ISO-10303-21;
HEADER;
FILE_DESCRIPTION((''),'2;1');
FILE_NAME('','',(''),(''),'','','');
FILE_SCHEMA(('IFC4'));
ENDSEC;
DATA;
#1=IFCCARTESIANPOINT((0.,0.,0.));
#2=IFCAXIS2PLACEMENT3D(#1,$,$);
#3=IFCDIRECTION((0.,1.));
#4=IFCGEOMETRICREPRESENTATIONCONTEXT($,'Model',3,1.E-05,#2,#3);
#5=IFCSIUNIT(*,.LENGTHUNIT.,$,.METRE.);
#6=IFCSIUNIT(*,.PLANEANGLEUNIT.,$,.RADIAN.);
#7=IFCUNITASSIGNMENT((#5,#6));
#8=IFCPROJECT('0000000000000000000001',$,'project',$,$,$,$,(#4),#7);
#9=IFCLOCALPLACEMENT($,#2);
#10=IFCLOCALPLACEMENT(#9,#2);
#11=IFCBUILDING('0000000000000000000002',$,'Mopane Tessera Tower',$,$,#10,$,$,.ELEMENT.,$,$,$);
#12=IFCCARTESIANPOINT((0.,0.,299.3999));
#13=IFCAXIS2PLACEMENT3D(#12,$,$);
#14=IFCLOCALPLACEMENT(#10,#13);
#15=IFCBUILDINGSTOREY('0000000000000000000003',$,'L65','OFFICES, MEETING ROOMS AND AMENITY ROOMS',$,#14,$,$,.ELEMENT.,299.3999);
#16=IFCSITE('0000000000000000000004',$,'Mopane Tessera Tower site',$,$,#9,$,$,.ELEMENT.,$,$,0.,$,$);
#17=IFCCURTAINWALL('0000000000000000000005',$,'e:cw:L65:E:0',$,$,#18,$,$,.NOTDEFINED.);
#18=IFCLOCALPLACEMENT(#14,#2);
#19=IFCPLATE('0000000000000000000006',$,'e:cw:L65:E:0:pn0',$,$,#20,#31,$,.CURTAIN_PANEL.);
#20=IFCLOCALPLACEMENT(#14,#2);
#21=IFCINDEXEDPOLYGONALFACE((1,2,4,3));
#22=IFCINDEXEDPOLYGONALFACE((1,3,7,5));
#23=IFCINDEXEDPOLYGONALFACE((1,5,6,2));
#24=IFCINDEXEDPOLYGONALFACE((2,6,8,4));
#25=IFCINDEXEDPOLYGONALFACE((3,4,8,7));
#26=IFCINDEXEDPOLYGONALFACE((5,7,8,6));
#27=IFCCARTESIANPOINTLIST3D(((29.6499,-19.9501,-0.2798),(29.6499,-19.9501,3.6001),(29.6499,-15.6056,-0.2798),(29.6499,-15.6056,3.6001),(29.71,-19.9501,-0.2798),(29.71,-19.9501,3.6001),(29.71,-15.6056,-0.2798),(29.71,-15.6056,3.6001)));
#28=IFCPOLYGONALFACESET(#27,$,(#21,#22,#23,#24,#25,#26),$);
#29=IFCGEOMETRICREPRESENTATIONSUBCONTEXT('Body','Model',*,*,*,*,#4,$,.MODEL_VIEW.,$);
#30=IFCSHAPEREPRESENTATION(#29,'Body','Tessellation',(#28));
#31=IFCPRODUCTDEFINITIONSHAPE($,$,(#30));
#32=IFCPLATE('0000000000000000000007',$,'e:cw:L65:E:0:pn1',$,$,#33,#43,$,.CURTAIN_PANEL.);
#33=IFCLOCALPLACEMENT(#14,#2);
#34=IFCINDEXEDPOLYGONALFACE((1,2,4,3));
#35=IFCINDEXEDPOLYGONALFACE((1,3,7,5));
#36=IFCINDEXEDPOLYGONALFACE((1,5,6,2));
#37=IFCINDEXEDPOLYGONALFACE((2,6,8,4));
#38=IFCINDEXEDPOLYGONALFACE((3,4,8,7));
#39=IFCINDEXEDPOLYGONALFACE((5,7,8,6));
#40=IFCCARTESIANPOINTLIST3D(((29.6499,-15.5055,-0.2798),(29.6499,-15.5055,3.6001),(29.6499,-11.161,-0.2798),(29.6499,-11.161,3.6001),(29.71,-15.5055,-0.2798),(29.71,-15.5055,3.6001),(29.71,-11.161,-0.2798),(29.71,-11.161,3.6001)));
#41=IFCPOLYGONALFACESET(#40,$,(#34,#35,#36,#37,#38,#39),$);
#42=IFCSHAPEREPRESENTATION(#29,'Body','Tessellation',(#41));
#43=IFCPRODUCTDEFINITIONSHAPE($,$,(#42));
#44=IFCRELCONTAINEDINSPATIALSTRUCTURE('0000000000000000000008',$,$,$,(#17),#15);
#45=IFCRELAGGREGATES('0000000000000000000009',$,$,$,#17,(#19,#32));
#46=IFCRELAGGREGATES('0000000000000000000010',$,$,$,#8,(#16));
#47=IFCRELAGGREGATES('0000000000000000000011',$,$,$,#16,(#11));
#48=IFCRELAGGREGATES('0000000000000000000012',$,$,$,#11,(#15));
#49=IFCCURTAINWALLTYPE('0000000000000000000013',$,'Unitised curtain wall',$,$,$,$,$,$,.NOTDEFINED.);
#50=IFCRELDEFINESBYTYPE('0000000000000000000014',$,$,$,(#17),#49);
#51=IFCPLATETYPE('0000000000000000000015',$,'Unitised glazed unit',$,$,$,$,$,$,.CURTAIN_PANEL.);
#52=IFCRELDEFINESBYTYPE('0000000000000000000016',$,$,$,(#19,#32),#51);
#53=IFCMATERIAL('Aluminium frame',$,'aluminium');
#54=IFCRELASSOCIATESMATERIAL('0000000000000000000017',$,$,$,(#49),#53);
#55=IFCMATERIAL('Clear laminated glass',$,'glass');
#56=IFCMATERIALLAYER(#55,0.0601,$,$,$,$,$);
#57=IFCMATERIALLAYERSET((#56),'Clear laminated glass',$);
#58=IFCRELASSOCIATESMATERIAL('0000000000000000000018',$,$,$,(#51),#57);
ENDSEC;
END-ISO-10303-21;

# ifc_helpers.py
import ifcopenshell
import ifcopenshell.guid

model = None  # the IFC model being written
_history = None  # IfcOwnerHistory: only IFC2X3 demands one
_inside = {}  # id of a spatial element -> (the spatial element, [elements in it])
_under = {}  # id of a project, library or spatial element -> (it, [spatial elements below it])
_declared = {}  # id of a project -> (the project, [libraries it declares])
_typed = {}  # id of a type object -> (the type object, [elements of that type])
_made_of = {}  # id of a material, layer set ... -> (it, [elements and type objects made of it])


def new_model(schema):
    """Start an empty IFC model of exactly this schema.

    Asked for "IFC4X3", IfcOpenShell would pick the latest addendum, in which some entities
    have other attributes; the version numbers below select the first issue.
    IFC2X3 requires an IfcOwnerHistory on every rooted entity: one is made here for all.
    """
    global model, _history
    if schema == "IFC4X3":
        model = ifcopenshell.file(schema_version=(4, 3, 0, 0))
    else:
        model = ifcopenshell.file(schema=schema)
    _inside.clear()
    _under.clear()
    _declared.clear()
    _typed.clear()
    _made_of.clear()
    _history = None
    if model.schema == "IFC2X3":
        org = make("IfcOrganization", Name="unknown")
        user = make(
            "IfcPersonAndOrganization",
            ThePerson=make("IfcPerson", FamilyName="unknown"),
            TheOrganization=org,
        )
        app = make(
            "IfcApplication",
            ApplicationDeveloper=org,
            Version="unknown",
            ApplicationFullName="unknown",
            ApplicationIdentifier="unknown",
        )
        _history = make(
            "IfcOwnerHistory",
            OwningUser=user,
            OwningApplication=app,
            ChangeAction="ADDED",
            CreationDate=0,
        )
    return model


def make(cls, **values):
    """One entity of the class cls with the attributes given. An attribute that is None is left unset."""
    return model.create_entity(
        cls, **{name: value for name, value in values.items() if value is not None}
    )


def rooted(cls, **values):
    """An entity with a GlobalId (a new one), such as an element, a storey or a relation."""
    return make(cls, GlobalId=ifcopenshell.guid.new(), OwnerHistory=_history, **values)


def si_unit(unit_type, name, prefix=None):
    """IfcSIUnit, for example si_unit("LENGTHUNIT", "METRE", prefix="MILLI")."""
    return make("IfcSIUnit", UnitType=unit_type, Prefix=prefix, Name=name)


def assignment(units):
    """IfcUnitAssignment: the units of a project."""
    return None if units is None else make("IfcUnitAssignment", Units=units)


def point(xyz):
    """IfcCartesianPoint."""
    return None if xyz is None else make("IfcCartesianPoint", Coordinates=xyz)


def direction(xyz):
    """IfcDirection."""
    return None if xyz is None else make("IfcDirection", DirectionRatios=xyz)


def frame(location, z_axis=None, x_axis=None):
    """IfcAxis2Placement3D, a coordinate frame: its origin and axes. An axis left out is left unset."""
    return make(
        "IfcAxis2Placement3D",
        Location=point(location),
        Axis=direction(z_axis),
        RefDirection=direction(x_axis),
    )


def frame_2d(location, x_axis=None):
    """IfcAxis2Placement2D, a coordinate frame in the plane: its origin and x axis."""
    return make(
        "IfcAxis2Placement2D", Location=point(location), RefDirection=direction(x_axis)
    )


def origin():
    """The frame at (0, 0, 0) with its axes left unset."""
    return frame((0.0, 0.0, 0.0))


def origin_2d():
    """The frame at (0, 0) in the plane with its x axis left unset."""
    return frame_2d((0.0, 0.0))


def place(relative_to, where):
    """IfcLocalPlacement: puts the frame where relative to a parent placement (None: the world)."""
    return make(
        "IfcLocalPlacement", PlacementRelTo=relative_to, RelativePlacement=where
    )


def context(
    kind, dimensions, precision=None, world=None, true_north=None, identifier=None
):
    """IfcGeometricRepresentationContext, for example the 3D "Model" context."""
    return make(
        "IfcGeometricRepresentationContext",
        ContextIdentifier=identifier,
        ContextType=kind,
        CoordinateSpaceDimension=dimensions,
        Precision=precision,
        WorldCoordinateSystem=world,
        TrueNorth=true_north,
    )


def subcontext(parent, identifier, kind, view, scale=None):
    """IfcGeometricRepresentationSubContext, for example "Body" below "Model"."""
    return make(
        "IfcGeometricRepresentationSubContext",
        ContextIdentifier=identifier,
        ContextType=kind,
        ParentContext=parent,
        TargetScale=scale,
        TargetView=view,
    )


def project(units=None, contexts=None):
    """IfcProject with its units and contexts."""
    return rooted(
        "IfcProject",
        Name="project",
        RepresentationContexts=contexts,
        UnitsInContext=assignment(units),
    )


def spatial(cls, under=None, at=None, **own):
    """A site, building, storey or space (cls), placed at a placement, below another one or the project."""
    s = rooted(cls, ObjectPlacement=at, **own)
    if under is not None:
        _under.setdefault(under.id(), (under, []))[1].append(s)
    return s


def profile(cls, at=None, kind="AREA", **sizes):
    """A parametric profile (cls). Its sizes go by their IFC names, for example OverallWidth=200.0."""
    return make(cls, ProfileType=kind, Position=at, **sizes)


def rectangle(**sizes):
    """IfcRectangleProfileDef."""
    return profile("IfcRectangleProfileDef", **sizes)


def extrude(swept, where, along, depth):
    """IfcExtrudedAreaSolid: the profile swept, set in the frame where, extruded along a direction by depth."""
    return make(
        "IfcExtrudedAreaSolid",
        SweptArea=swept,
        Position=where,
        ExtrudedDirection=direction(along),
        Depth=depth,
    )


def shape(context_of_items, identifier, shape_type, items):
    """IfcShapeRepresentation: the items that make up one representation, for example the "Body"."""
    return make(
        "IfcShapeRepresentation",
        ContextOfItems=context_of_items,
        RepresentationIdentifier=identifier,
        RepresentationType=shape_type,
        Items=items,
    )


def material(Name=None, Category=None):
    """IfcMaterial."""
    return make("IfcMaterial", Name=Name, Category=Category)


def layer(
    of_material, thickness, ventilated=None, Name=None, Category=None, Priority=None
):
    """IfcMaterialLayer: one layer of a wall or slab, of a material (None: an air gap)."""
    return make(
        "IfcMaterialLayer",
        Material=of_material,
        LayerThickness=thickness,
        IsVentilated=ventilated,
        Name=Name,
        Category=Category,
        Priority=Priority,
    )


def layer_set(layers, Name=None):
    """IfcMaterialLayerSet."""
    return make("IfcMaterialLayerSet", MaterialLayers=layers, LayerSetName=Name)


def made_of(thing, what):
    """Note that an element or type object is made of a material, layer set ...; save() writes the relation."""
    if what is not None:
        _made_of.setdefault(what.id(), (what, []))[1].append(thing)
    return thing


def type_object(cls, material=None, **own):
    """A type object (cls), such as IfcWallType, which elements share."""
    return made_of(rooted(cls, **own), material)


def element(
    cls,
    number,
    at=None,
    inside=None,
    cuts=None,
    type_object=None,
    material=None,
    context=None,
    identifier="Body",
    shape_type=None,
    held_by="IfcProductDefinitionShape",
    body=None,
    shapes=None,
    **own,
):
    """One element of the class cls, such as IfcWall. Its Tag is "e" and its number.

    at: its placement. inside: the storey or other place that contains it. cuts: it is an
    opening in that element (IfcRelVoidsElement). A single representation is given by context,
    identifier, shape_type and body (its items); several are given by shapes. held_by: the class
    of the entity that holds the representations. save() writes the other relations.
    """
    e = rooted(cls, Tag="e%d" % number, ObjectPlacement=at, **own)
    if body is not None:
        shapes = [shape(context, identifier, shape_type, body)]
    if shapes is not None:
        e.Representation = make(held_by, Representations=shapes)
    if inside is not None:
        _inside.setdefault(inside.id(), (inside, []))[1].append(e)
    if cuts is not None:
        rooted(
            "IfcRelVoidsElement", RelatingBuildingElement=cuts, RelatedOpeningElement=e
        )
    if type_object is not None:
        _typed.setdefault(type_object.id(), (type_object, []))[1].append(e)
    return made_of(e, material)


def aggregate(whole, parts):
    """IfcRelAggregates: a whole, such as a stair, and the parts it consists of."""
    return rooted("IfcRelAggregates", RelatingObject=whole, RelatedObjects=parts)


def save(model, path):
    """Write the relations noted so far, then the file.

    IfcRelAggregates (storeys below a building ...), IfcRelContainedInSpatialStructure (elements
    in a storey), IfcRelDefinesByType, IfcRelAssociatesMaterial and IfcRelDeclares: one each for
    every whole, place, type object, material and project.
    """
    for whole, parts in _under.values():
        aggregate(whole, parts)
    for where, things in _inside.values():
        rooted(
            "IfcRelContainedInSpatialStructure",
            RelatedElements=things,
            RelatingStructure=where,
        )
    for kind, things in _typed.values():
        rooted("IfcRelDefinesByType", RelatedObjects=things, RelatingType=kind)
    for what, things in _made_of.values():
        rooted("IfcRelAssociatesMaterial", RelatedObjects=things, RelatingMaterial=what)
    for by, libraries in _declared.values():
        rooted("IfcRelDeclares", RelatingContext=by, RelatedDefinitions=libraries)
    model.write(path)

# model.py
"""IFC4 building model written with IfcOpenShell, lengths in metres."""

from ifc_helpers import new_model, si_unit, direction, frame, origin, origin_2d, place, context, subcontext, project, spatial, rectangle, extrude, material, layer, layer_set, type_object, element, aggregate, save


model = new_model("IFC4")

# Units and contexts
model_context = context("Model", 3, precision=1e-05, world=origin(), true_north=direction((0.0, 1.0)))
body_context = subcontext(model_context, "Body", "Model", "MODEL_VIEW")
ifc_project = project(units=[si_unit("LENGTHUNIT", "METRE"), si_unit("PLANEANGLEUNIT", "RADIAN")], contexts=[model_context])

# Site, building, storey
site_placement = place(None, origin())
site = spatial("IfcSite", under=ifc_project, at=site_placement, Name="Mopane Tessera Tower site", CompositionType="ELEMENT", RefElevation=0.0)
building_placement = place(site_placement, origin())
building = spatial("IfcBuilding", under=site, at=building_placement, Name="Mopane Tessera Tower", CompositionType="ELEMENT")
storey_placement = place(building_placement, frame((0.0, 0.0, 299.3999)))
storey = spatial("IfcBuildingStorey", under=building, at=storey_placement, Name="L65", Description="OFFICES, MEETING ROOMS AND AMENITY ROOMS", CompositionType="ELEMENT", Elevation=299.3999)

# Curtain wall
ifc_material_1 = material(Name="Aluminium frame", Category="aluminium")
curtain_wall_type = type_object("IfcCurtainWallType", Name="Unitised curtain wall", PredefinedType="NOTDEFINED", material=ifc_material_1)
curtain_wall_1_placement = place(storey_placement, origin())
curtain_wall_1 = element("IfcCurtainWall", 1, at=curtain_wall_1_placement, inside=storey, type_object=curtain_wall_type, Name="e:cw:L65:E:0", PredefinedType="NOTDEFINED")

# Plates
ifc_material_2 = material(Name="Clear laminated glass", Category="glass")
ifc_layer = layer(ifc_material_2, 0.0601)
ifc_layer_set = layer_set([ifc_layer], Name="Clear laminated glass")
plate_type = type_object("IfcPlateType", Name="Unitised glazed unit", PredefinedType="CURTAIN_PANEL", material=ifc_layer_set)
plate_1_placement = place(storey_placement, frame((29.6799, -17.7778, -0.2798), z_axis=(0.0, 0.0, 1.0), x_axis=(0.0, 1.0, 0.0)))
plate_1 = element("IfcPlate", 2, at=plate_1_placement, type_object=plate_type, Name="e:cw:L65:E:0:pn0", PredefinedType="CURTAIN_PANEL", context=body_context, shape_type="SweptSolid", body=[
    extrude(rectangle(XDim=4.3445, YDim=0.0601, at=origin_2d()), origin(), (0.0, 0.0, 1.0), 3.8799),
])
plate_2_placement = place(storey_placement, frame((29.6799, -13.3333, -0.2798), z_axis=(0.0, 0.0, 1.0), x_axis=(0.0, 1.0, 0.0)))
plate_2 = element("IfcPlate", 3, at=plate_2_placement, type_object=plate_type, Name="e:cw:L65:E:0:pn1", PredefinedType="CURTAIN_PANEL", context=body_context, shape_type="SweptSolid", body=[
    extrude(rectangle(XDim=4.3445, YDim=0.0601, at=origin_2d()), origin(), (0.0, 0.0, 1.0), 3.8799),
])
aggregate(curtain_wall_1, [plate_1, plate_2])

save(model, "model.ifc")
